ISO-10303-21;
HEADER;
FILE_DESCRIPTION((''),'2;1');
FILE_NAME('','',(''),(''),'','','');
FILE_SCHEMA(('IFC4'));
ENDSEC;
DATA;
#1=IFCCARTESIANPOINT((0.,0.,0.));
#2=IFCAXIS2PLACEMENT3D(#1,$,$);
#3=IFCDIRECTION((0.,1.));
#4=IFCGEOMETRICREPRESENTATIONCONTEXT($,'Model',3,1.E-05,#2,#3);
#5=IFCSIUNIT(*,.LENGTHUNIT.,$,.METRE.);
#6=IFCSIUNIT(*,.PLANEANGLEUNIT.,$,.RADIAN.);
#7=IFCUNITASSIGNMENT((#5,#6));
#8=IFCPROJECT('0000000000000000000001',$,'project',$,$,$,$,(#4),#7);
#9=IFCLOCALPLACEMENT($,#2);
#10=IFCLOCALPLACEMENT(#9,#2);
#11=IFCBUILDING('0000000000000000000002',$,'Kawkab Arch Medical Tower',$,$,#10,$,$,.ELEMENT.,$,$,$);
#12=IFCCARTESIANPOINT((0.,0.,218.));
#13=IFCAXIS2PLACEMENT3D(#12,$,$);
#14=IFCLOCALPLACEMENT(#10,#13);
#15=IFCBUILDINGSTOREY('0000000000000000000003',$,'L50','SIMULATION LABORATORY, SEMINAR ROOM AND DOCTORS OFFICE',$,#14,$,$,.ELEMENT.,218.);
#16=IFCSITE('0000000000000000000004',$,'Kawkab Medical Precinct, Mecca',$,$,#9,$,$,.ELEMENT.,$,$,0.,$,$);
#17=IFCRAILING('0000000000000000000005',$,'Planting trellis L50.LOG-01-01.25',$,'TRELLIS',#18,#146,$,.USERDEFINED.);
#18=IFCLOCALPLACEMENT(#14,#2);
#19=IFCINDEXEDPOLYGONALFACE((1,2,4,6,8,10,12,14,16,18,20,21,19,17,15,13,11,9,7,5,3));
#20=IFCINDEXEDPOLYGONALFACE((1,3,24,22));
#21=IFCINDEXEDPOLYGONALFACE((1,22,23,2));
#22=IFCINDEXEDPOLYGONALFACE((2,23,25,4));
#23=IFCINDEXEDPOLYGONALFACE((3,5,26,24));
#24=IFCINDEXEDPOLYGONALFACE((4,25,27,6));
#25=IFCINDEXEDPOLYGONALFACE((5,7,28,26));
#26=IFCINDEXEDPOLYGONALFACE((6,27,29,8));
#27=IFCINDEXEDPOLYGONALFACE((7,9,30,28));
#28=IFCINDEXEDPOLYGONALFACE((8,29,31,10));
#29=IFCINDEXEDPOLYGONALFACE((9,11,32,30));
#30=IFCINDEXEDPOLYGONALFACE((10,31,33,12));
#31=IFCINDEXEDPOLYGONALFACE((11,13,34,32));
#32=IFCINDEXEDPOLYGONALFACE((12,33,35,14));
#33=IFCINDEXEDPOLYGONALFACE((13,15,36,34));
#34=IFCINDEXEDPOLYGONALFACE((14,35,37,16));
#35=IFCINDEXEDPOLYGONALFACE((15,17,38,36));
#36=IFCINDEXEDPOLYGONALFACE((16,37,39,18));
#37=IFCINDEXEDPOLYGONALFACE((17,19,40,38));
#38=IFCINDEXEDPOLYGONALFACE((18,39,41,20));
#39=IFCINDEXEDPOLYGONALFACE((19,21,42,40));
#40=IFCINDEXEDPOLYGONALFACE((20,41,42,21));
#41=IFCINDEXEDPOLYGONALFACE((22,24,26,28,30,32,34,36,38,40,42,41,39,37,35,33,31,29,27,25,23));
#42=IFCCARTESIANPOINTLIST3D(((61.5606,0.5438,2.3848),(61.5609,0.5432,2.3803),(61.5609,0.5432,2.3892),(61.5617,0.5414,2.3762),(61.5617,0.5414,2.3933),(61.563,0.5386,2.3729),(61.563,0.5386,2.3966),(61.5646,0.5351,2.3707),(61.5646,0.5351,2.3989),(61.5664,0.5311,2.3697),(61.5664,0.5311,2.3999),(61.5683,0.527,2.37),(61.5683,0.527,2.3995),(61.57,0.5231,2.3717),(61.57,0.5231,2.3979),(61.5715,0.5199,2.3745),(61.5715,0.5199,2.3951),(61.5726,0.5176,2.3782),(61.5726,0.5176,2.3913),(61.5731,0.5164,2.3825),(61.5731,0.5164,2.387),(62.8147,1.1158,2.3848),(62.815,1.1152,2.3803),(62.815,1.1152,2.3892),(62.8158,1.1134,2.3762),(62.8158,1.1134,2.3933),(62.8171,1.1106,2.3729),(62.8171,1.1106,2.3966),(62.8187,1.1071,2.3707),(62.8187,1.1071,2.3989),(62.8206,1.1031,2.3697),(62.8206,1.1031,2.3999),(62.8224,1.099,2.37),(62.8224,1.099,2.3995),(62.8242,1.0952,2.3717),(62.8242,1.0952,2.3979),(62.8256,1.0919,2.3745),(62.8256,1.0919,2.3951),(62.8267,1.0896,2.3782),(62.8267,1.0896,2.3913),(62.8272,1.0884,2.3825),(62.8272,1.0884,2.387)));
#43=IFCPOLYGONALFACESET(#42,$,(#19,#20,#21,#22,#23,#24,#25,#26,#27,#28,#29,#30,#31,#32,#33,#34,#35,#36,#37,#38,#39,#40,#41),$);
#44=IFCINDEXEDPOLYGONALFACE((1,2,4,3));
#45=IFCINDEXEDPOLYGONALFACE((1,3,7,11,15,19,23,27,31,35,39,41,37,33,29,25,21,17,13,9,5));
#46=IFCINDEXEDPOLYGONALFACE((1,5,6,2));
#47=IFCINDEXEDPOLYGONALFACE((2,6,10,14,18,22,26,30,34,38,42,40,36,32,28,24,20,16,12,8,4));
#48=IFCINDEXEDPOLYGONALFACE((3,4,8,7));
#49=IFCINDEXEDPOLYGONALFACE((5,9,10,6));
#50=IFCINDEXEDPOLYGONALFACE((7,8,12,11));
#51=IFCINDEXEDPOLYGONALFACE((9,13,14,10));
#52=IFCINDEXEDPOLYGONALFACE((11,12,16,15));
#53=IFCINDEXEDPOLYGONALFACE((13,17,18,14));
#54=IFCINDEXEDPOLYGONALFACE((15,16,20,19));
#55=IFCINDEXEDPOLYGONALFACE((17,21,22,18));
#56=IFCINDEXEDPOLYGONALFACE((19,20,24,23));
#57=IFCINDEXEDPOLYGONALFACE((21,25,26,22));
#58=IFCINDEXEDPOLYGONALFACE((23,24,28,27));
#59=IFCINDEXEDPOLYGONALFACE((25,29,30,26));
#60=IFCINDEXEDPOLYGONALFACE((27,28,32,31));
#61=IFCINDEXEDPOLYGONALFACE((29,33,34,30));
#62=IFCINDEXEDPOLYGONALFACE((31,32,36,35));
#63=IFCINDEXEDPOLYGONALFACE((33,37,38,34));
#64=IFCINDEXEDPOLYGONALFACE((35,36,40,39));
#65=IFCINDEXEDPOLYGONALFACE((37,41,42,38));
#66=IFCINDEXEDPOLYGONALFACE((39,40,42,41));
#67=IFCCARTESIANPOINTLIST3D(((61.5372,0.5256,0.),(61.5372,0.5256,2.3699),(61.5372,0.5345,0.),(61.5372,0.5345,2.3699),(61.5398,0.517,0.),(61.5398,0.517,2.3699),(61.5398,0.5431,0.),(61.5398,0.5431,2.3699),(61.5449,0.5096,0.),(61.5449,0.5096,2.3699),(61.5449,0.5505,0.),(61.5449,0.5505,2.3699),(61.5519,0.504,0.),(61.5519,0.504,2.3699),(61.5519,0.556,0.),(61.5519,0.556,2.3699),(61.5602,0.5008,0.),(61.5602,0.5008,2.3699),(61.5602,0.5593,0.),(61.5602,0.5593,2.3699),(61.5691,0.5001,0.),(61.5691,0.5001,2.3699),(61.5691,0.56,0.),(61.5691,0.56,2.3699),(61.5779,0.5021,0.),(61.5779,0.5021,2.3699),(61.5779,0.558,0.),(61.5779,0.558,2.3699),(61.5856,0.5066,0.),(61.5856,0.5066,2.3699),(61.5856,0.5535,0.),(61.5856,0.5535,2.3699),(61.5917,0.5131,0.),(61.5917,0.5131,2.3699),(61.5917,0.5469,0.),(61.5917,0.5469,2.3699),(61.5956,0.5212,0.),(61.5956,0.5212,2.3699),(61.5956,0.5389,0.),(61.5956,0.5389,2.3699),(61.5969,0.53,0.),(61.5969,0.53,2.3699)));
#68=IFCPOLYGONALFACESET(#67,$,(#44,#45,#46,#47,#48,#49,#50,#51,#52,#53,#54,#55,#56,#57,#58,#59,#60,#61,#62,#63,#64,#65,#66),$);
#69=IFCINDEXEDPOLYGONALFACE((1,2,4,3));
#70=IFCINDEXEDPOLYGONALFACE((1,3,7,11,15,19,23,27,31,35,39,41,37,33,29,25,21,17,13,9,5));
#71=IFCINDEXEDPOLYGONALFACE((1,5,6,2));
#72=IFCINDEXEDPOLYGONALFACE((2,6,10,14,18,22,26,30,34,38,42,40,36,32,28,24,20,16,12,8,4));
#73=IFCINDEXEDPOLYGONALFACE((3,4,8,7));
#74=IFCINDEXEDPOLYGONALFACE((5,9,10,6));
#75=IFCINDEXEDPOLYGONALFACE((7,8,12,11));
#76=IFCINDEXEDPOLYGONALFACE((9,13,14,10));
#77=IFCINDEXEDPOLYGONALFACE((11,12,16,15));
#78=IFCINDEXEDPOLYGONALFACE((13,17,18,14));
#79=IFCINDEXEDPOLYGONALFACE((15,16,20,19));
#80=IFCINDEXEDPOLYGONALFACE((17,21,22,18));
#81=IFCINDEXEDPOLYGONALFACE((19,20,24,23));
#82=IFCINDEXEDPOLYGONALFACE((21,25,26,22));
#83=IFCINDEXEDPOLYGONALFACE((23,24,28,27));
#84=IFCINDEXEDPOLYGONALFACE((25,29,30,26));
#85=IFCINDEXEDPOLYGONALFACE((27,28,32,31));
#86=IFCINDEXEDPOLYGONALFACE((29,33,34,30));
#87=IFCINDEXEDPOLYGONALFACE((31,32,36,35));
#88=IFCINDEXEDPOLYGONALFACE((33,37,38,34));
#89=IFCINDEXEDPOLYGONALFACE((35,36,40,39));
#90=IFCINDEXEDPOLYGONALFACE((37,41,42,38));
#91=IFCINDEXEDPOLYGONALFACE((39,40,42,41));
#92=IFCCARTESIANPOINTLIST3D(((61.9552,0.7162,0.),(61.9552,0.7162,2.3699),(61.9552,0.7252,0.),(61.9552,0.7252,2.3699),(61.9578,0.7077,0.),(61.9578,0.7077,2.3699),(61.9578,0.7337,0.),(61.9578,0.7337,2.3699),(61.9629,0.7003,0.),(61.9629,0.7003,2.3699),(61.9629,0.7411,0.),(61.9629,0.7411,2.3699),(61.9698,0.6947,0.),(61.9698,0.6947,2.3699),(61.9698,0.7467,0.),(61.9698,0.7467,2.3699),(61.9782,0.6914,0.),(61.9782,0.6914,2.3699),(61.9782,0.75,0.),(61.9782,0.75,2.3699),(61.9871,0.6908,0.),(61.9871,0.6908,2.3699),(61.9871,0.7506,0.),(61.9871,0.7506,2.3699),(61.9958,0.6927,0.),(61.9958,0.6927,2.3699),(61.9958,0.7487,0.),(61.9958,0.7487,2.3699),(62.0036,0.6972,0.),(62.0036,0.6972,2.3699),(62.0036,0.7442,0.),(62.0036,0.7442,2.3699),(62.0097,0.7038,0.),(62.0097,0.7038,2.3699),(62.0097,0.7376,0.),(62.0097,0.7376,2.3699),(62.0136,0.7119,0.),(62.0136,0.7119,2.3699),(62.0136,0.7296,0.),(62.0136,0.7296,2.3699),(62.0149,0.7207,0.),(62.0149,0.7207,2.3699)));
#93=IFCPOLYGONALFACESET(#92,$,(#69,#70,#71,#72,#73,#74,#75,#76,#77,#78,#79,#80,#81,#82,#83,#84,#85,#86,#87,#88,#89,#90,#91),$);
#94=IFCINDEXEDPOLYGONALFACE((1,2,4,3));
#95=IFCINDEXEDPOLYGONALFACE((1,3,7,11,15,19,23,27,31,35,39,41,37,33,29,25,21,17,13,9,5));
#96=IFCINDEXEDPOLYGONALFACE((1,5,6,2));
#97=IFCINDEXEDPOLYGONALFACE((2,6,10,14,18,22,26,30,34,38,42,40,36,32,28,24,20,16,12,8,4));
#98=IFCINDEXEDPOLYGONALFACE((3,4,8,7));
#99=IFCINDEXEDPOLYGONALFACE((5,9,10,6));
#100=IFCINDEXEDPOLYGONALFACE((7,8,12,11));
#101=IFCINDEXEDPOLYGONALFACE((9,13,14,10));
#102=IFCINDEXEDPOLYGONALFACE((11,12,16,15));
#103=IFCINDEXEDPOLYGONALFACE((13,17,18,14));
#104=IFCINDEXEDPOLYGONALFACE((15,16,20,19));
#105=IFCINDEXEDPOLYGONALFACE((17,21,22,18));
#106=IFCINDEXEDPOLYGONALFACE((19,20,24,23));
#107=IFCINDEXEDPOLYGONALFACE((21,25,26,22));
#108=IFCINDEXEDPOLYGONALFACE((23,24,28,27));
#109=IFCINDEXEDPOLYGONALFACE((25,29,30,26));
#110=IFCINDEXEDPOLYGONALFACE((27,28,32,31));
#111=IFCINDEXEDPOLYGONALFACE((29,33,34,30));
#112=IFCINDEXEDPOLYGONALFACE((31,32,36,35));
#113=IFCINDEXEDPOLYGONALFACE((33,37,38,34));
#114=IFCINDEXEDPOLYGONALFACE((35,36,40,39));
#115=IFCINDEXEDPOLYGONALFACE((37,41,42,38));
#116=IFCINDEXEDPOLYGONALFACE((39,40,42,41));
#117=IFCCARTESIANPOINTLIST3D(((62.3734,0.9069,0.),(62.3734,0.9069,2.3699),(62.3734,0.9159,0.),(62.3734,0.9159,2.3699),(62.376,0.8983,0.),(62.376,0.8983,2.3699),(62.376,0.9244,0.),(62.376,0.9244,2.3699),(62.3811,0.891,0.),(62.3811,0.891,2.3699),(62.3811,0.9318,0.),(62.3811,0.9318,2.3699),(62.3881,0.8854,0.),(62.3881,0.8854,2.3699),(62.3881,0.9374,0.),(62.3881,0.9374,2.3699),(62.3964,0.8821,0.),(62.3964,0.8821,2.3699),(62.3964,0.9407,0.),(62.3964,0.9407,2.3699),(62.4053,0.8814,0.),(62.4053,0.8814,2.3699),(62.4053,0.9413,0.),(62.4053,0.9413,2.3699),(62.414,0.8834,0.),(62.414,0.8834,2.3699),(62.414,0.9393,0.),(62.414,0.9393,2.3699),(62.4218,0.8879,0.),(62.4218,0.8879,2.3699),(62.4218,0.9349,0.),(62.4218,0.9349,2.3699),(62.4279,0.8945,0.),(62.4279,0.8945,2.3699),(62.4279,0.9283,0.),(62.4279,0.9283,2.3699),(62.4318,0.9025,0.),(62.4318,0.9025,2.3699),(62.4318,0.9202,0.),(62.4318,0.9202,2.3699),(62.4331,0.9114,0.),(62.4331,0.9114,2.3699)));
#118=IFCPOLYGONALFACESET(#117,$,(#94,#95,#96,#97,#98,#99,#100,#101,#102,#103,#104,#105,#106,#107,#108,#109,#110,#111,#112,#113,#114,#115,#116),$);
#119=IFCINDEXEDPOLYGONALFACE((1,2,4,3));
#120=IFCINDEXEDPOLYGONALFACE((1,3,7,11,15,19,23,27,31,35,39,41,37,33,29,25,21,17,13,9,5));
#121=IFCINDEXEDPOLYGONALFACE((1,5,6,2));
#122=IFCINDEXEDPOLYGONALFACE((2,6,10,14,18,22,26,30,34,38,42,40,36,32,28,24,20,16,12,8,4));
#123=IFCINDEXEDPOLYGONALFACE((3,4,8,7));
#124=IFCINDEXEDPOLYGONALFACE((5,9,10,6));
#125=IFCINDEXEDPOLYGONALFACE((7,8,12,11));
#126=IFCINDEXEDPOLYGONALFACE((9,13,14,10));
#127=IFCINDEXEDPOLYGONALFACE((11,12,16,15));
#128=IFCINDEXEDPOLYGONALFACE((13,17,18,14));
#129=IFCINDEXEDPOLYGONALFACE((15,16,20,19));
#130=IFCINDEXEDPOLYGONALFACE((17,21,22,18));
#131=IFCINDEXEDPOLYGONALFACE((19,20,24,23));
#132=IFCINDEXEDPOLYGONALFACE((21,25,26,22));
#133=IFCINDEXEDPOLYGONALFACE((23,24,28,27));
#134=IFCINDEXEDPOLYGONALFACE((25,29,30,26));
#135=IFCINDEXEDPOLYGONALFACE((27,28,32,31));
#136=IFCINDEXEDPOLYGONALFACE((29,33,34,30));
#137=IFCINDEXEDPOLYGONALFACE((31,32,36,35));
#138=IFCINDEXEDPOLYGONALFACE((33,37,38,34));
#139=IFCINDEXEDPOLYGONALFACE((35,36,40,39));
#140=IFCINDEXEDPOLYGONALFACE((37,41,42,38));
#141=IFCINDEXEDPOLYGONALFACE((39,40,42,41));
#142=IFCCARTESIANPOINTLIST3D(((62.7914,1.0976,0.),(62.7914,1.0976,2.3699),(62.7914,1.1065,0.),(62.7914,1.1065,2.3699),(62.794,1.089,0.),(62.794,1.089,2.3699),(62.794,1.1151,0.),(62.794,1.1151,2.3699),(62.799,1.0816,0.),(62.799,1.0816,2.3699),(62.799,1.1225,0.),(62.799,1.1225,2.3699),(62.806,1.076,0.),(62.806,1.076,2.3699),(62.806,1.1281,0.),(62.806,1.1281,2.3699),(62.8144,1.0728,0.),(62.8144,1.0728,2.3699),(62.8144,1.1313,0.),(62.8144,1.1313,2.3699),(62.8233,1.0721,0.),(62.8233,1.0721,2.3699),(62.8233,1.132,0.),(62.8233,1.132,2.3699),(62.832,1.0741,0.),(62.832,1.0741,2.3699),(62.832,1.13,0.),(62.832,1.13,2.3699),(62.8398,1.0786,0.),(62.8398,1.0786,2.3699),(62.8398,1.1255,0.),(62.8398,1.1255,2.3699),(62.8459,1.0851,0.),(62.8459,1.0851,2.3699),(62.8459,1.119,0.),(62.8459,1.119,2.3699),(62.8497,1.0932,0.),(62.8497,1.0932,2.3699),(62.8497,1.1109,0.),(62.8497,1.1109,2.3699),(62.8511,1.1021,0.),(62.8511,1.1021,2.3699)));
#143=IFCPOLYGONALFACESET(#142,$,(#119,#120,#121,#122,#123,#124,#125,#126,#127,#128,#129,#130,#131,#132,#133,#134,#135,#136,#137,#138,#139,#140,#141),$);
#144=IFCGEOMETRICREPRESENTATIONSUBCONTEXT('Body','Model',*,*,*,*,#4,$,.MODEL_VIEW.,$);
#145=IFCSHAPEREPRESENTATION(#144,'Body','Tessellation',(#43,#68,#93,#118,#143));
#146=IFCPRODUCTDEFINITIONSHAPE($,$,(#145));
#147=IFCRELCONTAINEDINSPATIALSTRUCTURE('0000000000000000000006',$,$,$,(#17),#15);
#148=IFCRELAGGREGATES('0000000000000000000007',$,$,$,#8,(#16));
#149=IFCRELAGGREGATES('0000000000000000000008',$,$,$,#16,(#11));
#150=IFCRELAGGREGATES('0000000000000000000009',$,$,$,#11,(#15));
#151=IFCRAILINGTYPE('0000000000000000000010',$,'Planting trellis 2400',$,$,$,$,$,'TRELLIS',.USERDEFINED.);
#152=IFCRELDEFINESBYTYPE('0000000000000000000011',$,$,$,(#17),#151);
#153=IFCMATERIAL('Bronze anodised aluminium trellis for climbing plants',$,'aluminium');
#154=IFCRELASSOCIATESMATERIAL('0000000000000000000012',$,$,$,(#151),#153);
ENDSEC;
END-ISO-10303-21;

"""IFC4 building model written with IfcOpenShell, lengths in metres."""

from ifc_helpers import new_model, si_unit, direction, frame, origin, origin_2d, place, context, subcontext, project, spatial, circle, extrude, material, type_object, element, save


model = new_model("IFC4")

# Units and contexts
model_context = context("Model", 3, precision=1e-05, world=origin(), true_north=direction((0.0, 1.0)))
body_context = subcontext(model_context, "Body", "Model", "MODEL_VIEW")
ifc_project = project(units=[si_unit("LENGTHUNIT", "METRE"), si_unit("PLANEANGLEUNIT", "RADIAN")], contexts=[model_context])

# Site, building, storey
site_placement = place(None, origin())
site = spatial("IfcSite", under=ifc_project, at=site_placement, Name="Kawkab Medical Precinct, Mecca", CompositionType="ELEMENT", RefElevation=0.0)
building_placement = place(site_placement, origin())
building = spatial("IfcBuilding", under=site, at=building_placement, Name="Kawkab Arch Medical Tower", CompositionType="ELEMENT")
storey_placement = place(building_placement, frame((0.0, 0.0, 218.0)))
storey = spatial("IfcBuildingStorey", under=building, at=storey_placement, Name="L50", Description="SIMULATION LABORATORY, SEMINAR ROOM AND DOCTORS OFFICE", CompositionType="ELEMENT", Elevation=218.0)

# Railing
ifc_material_1 = material(Name="Bronze anodised aluminium trellis for climbing plants", Category="aluminium")
railing_type = type_object("IfcRailingType", Name="Planting trellis 2400", ElementType="TRELLIS", PredefinedType="USERDEFINED", material=ifc_material_1)
railing_1_placement = place(storey_placement, frame((61.5669, 0.53, 0.0)))
element("IfcRailing", 1, at=railing_1_placement, inside=storey, type_object=railing_type, Name="Planting trellis L50.LOG-01-01.25", ObjectType="TRELLIS", PredefinedType="USERDEFINED", context=body_context, shape_type="SweptSolid", body=[
    extrude(circle(Radius=0.0151, at=origin_2d()), frame((0.0, 0.0, 2.3848), z_axis=(0.909832, 0.414977, 0.0), x_axis=(-0.414977, 0.909832, 0.0)), (0.0, 0.0, 1.0), 1.3784),
    extrude(circle(Radius=0.03, at=origin_2d()), origin(), (0.0, 0.0, 1.0), 2.3699),
    extrude(circle(Radius=0.03, at=origin_2d()), frame((0.418, 0.1907, 0.0)), (0.0, 0.0, 1.0), 2.3699),
    extrude(circle(Radius=0.03, at=origin_2d()), frame((0.8362, 0.3813, 0.0)), (0.0, 0.0, 1.0), 2.3699),
    extrude(circle(Radius=0.03, at=origin_2d()), frame((1.2542, 0.572, 0.0)), (0.0, 0.0, 1.0), 2.3699),
])

save(model, "model.ifc")
